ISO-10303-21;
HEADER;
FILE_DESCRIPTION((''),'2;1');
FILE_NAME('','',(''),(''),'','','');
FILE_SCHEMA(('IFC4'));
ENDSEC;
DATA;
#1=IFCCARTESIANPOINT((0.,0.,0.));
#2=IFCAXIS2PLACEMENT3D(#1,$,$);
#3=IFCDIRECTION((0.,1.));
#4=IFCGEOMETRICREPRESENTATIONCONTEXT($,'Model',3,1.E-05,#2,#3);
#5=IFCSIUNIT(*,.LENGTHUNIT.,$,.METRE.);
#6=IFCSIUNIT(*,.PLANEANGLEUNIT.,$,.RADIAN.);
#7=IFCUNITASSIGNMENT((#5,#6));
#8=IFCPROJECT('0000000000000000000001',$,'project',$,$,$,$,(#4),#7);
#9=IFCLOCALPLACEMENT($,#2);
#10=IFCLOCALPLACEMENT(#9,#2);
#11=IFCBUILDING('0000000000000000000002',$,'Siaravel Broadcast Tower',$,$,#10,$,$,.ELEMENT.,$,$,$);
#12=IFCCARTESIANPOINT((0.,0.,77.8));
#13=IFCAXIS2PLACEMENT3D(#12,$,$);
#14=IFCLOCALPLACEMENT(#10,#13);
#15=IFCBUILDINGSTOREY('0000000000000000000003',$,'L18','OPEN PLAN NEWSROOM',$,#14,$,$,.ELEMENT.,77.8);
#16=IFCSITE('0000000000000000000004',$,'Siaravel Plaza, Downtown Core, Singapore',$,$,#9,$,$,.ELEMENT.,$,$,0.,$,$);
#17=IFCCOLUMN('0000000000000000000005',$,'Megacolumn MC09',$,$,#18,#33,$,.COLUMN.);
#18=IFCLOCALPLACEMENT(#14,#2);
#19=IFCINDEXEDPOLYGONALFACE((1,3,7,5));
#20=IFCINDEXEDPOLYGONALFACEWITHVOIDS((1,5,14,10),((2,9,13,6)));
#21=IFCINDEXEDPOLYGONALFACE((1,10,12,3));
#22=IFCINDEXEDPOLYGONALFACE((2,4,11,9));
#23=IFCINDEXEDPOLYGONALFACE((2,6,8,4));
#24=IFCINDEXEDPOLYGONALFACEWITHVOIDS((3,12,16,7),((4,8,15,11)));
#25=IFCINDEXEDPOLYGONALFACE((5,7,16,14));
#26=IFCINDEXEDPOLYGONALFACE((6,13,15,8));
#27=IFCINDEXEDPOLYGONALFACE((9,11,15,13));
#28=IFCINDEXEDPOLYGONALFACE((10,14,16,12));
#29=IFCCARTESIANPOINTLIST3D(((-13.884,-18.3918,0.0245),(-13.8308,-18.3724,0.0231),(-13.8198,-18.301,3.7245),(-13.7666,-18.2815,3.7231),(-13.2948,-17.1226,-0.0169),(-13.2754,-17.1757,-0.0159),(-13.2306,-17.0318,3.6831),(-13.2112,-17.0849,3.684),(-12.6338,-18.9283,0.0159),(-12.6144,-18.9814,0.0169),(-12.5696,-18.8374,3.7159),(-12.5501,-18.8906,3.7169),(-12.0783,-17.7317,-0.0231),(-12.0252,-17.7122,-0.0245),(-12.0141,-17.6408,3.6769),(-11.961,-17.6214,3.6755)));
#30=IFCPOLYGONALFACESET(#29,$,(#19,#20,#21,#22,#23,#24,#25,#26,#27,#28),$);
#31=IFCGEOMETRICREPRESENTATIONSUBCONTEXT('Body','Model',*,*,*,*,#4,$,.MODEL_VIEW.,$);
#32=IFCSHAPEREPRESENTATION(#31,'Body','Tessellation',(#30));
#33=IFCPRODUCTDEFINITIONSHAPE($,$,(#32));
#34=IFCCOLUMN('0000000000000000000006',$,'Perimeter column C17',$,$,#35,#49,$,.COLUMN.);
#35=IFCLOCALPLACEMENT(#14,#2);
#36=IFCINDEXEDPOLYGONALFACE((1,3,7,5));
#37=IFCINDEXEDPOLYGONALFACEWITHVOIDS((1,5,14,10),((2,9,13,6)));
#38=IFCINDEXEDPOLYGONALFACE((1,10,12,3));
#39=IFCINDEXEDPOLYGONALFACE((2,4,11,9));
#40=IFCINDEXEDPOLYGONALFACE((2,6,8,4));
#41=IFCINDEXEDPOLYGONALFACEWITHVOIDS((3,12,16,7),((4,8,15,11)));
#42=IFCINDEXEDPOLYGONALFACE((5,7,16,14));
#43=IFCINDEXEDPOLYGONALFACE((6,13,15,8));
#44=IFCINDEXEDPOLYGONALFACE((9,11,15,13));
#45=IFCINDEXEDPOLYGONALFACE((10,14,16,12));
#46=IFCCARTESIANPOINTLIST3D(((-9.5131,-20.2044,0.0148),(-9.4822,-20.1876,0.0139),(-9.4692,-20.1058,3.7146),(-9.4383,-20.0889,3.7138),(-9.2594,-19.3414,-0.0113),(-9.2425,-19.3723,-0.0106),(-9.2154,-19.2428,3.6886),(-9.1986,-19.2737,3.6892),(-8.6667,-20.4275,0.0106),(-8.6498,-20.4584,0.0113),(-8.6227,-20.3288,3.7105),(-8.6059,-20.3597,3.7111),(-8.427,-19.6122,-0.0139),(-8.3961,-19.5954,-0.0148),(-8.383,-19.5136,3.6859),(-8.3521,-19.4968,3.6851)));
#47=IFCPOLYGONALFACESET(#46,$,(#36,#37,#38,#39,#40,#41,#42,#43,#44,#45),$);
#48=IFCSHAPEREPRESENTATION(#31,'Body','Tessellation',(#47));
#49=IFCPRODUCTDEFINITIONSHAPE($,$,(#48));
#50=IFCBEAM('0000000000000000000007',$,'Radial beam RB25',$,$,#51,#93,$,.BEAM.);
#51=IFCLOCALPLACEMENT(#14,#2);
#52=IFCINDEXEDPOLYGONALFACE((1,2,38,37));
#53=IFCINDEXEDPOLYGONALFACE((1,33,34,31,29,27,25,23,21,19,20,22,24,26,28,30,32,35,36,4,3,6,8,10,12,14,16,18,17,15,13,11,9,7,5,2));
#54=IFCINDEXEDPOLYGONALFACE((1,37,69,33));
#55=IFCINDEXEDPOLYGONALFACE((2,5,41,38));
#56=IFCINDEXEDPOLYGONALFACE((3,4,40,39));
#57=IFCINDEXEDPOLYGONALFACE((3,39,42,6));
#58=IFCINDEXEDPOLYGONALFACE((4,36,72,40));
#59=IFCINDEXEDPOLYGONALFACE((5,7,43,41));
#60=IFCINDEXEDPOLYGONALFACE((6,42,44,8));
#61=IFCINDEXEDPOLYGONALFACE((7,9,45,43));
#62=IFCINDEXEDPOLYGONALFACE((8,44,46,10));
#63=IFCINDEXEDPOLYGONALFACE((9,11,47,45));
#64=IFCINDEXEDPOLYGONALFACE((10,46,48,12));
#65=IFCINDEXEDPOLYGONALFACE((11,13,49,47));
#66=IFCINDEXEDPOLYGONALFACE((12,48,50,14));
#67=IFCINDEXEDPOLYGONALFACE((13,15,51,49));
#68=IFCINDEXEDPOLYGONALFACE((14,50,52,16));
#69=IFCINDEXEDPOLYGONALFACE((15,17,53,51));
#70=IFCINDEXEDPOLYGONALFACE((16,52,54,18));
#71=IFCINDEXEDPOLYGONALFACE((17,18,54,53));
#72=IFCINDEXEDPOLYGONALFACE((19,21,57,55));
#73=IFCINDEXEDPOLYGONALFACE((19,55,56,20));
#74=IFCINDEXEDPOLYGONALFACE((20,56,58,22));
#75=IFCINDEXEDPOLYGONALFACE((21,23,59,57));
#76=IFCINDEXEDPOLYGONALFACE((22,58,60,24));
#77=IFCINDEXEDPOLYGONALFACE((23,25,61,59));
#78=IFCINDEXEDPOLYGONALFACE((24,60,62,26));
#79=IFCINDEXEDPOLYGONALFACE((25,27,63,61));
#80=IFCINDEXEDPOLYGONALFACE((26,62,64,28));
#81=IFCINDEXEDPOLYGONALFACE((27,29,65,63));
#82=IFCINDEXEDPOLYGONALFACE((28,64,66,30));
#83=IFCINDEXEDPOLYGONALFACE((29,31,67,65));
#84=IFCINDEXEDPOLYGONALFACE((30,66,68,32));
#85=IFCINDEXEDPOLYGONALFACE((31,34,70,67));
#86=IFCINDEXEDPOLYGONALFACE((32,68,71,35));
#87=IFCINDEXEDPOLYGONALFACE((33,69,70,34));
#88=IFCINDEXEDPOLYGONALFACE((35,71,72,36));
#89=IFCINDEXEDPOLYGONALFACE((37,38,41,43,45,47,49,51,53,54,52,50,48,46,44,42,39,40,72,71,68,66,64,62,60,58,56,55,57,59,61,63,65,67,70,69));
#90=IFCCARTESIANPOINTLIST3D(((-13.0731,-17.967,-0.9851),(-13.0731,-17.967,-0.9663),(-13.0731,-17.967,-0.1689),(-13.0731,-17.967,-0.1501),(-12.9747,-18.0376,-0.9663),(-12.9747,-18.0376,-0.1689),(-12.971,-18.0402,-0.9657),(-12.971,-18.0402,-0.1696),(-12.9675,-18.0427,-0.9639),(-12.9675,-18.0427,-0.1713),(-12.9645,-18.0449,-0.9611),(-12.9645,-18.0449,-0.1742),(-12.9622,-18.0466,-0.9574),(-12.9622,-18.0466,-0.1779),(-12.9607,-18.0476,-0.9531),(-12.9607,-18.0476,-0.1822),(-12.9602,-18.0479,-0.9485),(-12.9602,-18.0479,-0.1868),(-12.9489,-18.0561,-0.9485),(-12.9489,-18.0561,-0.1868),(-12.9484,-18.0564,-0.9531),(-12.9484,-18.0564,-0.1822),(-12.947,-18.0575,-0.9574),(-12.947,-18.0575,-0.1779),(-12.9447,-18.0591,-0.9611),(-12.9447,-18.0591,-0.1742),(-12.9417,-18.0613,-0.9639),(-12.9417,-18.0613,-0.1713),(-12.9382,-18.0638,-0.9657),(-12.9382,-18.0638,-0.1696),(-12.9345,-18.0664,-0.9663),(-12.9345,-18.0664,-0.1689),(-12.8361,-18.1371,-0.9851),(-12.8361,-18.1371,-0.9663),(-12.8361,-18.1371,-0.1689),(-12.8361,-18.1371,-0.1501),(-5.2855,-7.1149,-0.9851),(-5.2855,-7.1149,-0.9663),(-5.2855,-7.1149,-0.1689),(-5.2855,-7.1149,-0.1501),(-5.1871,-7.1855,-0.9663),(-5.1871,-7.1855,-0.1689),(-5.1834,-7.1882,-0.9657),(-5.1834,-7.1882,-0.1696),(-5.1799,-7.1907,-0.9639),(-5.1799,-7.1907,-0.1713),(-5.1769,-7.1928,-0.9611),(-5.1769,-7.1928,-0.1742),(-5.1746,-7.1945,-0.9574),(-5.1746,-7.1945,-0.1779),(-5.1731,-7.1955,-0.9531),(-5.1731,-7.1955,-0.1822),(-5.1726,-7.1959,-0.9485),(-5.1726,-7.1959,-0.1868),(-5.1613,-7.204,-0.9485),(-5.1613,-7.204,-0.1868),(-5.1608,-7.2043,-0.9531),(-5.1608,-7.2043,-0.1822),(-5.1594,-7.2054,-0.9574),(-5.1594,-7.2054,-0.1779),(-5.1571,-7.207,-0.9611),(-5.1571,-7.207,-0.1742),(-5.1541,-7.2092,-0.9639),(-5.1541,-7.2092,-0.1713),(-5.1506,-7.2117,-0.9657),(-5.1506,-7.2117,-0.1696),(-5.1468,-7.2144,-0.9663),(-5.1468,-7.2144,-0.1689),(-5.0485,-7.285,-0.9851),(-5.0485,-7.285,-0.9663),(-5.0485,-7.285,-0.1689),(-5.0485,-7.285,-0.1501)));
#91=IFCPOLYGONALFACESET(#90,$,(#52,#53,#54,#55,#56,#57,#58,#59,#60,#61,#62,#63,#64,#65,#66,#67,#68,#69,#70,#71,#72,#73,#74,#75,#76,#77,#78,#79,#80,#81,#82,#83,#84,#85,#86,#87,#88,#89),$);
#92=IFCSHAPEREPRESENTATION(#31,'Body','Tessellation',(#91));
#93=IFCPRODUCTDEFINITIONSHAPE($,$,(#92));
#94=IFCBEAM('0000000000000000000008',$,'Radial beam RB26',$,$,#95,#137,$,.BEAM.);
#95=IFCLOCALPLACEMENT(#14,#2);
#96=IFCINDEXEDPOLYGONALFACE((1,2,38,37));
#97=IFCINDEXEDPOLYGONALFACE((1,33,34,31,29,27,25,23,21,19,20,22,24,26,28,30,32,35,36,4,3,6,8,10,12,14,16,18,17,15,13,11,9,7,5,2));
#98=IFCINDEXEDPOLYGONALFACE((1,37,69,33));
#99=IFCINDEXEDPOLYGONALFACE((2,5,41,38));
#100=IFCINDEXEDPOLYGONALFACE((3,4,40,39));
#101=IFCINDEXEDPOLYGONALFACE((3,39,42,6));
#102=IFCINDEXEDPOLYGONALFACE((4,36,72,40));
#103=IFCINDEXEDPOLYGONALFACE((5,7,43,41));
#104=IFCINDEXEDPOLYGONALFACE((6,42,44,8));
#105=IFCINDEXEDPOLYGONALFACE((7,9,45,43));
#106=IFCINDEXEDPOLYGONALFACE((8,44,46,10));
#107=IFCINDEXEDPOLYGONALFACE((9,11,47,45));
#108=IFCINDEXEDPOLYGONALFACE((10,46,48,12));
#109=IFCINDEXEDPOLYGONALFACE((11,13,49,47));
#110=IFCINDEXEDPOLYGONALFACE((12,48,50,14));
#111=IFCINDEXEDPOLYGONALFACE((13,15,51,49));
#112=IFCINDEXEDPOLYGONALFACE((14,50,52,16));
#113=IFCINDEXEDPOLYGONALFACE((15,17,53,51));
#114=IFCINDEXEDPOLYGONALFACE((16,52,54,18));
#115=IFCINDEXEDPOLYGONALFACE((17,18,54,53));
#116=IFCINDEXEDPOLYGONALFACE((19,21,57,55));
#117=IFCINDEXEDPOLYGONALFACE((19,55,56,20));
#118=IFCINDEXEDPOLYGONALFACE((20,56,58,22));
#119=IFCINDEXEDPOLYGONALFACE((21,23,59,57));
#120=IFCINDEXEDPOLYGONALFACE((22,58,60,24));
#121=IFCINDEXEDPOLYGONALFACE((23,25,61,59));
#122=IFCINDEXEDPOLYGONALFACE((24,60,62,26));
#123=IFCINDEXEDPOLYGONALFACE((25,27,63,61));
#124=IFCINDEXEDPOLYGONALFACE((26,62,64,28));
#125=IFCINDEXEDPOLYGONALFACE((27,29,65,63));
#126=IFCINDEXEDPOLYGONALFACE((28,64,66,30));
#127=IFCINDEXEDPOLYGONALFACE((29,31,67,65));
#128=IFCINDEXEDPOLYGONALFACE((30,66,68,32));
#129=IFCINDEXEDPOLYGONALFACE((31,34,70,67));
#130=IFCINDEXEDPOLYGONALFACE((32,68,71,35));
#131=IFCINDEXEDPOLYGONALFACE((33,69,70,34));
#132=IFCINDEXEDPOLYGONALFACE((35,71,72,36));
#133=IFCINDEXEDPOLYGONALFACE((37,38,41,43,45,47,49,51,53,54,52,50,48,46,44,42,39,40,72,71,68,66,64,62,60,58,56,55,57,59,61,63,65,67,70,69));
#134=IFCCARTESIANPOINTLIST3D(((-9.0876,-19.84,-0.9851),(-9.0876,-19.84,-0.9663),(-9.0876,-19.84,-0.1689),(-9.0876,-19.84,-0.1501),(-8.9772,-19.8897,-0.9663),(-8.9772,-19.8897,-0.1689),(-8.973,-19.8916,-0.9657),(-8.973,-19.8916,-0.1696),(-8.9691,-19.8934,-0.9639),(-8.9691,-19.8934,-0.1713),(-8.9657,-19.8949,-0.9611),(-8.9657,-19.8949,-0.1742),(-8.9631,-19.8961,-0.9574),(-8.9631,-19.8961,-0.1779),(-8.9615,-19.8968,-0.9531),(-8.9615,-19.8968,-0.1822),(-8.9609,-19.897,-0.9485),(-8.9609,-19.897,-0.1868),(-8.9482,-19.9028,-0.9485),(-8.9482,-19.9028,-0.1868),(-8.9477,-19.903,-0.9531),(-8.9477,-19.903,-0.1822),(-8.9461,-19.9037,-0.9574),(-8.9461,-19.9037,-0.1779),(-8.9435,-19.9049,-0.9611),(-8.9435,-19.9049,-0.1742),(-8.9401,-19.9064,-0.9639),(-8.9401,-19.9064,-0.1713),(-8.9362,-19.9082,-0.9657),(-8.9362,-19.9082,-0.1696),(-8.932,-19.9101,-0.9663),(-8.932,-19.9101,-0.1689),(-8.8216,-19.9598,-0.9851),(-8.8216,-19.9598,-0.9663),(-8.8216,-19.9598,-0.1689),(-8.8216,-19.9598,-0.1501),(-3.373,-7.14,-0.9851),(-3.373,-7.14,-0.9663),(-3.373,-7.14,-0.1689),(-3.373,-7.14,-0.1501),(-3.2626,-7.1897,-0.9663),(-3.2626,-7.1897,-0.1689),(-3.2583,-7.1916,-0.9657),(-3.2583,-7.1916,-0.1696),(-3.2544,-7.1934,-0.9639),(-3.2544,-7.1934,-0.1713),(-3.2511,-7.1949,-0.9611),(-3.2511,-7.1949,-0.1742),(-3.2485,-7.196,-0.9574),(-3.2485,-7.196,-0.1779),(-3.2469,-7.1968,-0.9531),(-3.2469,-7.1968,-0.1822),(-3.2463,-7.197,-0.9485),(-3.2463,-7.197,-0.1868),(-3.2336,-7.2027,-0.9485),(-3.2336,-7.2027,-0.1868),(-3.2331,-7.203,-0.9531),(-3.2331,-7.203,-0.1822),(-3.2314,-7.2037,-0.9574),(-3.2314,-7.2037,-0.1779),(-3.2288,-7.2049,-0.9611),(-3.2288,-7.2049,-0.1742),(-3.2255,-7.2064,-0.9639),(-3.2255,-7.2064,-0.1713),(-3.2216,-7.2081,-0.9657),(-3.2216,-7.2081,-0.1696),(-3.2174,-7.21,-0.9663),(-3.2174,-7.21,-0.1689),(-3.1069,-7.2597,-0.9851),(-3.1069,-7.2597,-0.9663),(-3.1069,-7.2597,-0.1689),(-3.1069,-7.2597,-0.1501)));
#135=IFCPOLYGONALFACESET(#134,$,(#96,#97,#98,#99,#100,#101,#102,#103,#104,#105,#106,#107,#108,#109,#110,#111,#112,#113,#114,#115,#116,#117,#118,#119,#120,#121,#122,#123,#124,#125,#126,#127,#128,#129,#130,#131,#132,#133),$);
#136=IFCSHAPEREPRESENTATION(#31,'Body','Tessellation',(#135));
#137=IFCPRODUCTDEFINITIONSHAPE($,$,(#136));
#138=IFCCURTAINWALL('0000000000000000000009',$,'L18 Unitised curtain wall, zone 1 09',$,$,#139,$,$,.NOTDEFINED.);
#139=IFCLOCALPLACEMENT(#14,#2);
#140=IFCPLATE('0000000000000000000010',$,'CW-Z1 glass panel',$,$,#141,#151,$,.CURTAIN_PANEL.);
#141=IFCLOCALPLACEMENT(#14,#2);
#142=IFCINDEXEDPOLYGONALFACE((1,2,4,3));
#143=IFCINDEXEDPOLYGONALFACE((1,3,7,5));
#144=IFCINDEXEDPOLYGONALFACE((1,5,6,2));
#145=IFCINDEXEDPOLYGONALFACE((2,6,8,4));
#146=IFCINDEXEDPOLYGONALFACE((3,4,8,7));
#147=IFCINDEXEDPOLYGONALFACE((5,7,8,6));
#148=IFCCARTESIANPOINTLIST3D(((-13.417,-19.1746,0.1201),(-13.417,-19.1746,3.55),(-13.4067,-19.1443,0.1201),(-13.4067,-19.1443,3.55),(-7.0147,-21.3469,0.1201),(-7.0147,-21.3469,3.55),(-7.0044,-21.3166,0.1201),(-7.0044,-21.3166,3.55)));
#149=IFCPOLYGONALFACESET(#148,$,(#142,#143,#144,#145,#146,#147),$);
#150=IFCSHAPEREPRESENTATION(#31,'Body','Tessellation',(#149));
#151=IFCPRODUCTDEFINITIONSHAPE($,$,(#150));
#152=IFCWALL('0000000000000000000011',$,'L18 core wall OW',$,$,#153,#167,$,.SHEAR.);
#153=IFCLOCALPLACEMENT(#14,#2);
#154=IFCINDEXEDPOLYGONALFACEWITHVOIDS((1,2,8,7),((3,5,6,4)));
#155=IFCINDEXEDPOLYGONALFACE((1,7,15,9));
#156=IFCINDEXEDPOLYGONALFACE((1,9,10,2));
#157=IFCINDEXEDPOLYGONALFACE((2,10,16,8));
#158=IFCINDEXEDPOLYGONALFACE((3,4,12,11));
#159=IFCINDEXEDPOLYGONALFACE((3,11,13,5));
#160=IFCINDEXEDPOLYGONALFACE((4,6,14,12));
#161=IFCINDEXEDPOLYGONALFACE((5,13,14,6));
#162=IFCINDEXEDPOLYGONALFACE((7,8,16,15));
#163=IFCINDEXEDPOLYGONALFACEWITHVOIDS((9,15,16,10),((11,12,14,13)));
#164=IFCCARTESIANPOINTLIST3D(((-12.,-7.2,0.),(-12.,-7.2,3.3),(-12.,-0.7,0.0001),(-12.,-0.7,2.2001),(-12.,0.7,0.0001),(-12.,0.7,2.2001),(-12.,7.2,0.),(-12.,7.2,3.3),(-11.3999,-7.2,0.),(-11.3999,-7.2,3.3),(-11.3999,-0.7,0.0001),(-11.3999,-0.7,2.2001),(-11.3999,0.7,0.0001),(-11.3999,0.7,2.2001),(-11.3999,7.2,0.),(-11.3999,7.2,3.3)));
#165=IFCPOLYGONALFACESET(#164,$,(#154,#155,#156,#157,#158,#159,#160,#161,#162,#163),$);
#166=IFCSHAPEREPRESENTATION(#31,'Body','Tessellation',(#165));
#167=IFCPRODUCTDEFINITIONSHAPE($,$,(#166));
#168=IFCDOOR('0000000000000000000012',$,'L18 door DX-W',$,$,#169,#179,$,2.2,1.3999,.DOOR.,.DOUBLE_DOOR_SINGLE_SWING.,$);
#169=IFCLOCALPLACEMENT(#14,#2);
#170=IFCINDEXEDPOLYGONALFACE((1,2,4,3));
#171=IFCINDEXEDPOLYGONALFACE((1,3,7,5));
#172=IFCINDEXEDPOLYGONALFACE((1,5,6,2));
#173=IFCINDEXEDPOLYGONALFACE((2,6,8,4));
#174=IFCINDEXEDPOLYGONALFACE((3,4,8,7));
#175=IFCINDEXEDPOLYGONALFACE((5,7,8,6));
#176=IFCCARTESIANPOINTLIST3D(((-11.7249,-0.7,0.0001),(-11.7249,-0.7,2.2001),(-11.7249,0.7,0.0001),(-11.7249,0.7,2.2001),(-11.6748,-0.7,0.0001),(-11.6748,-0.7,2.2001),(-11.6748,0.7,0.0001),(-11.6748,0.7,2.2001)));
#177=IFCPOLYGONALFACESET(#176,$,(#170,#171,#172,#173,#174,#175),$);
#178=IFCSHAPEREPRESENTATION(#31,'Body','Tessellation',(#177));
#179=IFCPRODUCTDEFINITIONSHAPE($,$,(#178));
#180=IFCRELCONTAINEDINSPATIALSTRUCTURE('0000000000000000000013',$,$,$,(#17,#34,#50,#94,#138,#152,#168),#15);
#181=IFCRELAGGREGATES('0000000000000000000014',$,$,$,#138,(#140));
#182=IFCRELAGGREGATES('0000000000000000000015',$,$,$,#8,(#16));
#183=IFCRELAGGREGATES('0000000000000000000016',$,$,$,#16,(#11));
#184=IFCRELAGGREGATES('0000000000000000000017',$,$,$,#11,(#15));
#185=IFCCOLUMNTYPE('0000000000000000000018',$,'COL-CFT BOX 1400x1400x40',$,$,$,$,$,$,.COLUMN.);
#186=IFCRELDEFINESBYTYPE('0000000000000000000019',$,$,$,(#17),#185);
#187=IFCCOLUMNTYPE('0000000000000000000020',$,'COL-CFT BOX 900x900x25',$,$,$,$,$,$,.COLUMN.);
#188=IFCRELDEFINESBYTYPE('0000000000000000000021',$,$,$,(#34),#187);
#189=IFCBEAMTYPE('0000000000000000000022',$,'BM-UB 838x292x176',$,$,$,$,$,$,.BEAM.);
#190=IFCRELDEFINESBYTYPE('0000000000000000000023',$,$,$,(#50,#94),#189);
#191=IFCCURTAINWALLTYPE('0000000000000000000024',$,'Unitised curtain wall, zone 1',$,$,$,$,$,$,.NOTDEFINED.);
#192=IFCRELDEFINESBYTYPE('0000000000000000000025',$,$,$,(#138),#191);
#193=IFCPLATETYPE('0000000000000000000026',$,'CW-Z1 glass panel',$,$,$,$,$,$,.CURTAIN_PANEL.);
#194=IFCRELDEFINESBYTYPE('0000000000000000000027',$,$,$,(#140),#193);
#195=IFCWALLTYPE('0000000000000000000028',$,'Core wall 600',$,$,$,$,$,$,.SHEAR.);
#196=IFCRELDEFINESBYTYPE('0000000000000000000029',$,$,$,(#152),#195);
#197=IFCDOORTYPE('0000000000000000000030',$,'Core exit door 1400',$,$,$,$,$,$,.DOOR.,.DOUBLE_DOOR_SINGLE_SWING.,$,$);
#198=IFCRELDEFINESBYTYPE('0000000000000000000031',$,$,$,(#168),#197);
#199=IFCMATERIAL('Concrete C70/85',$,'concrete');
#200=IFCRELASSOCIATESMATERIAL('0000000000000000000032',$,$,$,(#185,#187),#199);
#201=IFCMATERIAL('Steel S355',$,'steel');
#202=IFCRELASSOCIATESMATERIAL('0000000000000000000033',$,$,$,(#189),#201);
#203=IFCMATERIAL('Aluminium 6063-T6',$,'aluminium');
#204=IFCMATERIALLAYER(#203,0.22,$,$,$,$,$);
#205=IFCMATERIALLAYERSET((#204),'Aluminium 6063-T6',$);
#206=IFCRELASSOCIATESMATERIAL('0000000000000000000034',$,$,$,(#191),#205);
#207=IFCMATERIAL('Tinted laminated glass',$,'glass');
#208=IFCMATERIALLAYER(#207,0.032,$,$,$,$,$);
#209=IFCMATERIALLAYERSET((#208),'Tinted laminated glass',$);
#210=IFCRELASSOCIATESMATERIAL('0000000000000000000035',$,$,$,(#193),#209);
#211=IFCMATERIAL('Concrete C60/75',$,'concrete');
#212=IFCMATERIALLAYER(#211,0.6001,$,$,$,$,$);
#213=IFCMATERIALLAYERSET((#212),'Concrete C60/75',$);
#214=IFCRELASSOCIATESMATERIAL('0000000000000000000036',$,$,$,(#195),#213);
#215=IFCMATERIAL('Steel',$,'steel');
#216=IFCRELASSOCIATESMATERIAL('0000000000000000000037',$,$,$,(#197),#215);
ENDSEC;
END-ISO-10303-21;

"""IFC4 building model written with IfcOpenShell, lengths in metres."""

from ifc_helpers import new_model, si_unit, direction, frame, frame_2d, origin, origin_2d, place, context, subcontext, project, spatial, rectangle, hollow_rectangle, i_section, extrude, material, layer, layer_set, material_profile, profile_set, type_object, element, fill, aggregate, save


model = new_model("IFC4")

# Units and contexts
model_context = context("Model", 3, precision=1e-05, world=origin(), true_north=direction((0.0, 1.0)))
body_context = subcontext(model_context, "Body", "Model", "MODEL_VIEW")
ifc_project = project(units=[si_unit("LENGTHUNIT", "METRE"), si_unit("PLANEANGLEUNIT", "RADIAN")], contexts=[model_context])

# Site, building, storey
site_placement = place(None, origin())
site = spatial("IfcSite", under=ifc_project, at=site_placement, Name="Siaravel Plaza, Downtown Core, Singapore", CompositionType="ELEMENT", RefElevation=0.0)
building_placement = place(site_placement, origin())
building = spatial("IfcBuilding", under=site, at=building_placement, Name="Siaravel Broadcast Tower", CompositionType="ELEMENT")
storey_placement = place(building_placement, frame((0.0, 0.0, 77.8)))
storey = spatial("IfcBuildingStorey", under=building, at=storey_placement, Name="L18", Description="OPEN PLAN NEWSROOM", CompositionType="ELEMENT", Elevation=77.8)

# Columns
ifc_material_1 = material(Name="Concrete C70/85", Category="concrete")
ifc_material_profile_1 = material_profile(ifc_material_1, hollow_rectangle(XDim=1.3999, YDim=1.3999, WallThickness=0.04, at=origin_2d()))
ifc_profile_set_1 = profile_set([ifc_material_profile_1], Name="Concrete C70/85")
column_type_1 = type_object("IfcColumnType", Name="COL-CFT BOX 1400x1400x40", PredefinedType="COLUMN", material=ifc_profile_set_1)
column_1_placement = place(storey_placement, frame((-12.9546, -18.052, 0.0), z_axis=(0.017346, 0.024535, 0.999548), x_axis=(-0.906954, 0.421195, 0.0054)))
element("IfcColumn", 1, at=column_1_placement, inside=storey, type_object=column_type_1, Name="Megacolumn MC09", PredefinedType="COLUMN", context=body_context, shape_type="SweptSolid", body=[
    extrude(hollow_rectangle(XDim=1.3999, YDim=1.3999, WallThickness=0.04, at=origin_2d()), origin(), (0.0, 0.0, 1.0), 3.7017),
])
ifc_material_profile_2 = material_profile(ifc_material_1, hollow_rectangle(XDim=0.8999, YDim=0.8999, WallThickness=0.0249, at=origin_2d()))
ifc_profile_set_2 = profile_set([ifc_material_profile_2], Name="Concrete C70/85")
column_type_2 = type_object("IfcColumnType", Name="COL-CFT BOX 900x900x25", PredefinedType="COLUMN", material=ifc_profile_set_2)
column_2_placement = place(storey_placement, frame((-8.9546, -19.8999, 0.0), z_axis=(0.011872, 0.026647, 0.999574), x_axis=(-0.959345, 0.282211, 0.003871)))
element("IfcColumn", 2, at=column_2_placement, inside=storey, type_object=column_type_2, Name="Perimeter column C17", PredefinedType="COLUMN", context=body_context, shape_type="SweptSolid", body=[
    extrude(hollow_rectangle(XDim=0.8999, YDim=0.8999, WallThickness=0.0249, at=origin_2d()), origin(), (0.0, 0.0, 1.0), 3.7014),
])

# Beams
ifc_material_2 = material(Name="Steel S355", Category="steel")
ifc_material_profile_3 = material_profile(ifc_material_2, i_section(OverallWidth=0.2917, OverallDepth=0.835, WebThickness=0.0139, FlangeThickness=0.0188, FilletRadius=0.0178, at=origin_2d()))
ifc_profile_set_3 = profile_set([ifc_material_profile_3], Name="Steel S355")
beam_type = type_object("IfcBeamType", Name="BM-UB 838x292x176", PredefinedType="BEAM", material=ifc_profile_set_3)
beam_1_placement = place(storey_placement, frame((-12.9546, -18.052, -0.5676), z_axis=(0.583028, 0.812452, 0.0), x_axis=(-0.812452, 0.583028, 0.0)))
element("IfcBeam", 3, at=beam_1_placement, inside=storey, type_object=beam_type, Name="Radial beam RB25", PredefinedType="BEAM", context=body_context, shape_type="SweptSolid", body=[
    extrude(i_section(OverallWidth=0.2917, OverallDepth=0.835, WebThickness=0.0139, FlangeThickness=0.0188, FilletRadius=0.0178, at=origin_2d()), origin(), (0.0, 0.0, 1.0), 13.3572),
])
beam_2_placement = place(storey_placement, frame((-8.9546, -19.8999, -0.5676), z_axis=(0.410342, 0.911932, 0.0), x_axis=(-0.911932, 0.410342, 0.0)))
element("IfcBeam", 4, at=beam_2_placement, inside=storey, type_object=beam_type, Name="Radial beam RB26", PredefinedType="BEAM", context=body_context, shape_type="SweptSolid", body=[
    extrude(i_section(OverallWidth=0.2917, OverallDepth=0.835, WebThickness=0.0139, FlangeThickness=0.0188, FilletRadius=0.0178, at=origin_2d()), origin(), (0.0, 0.0, 1.0), 13.9265),
])

# Curtain wall, plate
ifc_material_3 = material(Name="Aluminium 6063-T6", Category="aluminium")
ifc_layer_1 = layer(ifc_material_3, 0.22)
ifc_layer_set_1 = layer_set([ifc_layer_1], Name="Aluminium 6063-T6")
curtain_wall_type = type_object("IfcCurtainWallType", Name="Unitised curtain wall, zone 1", PredefinedType="NOTDEFINED", material=ifc_layer_set_1)
curtain_wall_placement = place(storey_placement, origin())
curtain_wall = element("IfcCurtainWall", 5, at=curtain_wall_placement, inside=storey, type_object=curtain_wall_type, Name="L18 Unitised curtain wall, zone 1 09", PredefinedType="NOTDEFINED")
ifc_material_4 = material(Name="Tinted laminated glass", Category="glass")
ifc_layer_2 = layer(ifc_material_4, 0.032)
ifc_layer_set_2 = layer_set([ifc_layer_2], Name="Tinted laminated glass")
plate_type = type_object("IfcPlateType", Name="CW-Z1 glass panel", PredefinedType="CURTAIN_PANEL", material=ifc_layer_set_2)
plate_placement = place(storey_placement, frame((-10.2107, -20.2456, 0.1201), z_axis=(0.0, 0.0, 1.0), x_axis=(0.946977, -0.321301, 0.0)))
plate = element("IfcPlate", 6, at=plate_placement, type_object=plate_type, Name="CW-Z1 glass panel", PredefinedType="CURTAIN_PANEL", context=body_context, shape_type="SweptSolid", body=[
    extrude(rectangle(XDim=6.7607, YDim=0.032, at=origin_2d()), origin(), (0.0, 0.0, 1.0), 3.4299),
])
aggregate(curtain_wall, [plate])

# Wall, opening, door
ifc_material_5 = material(Name="Concrete C60/75", Category="concrete")
ifc_layer_3 = layer(ifc_material_5, 0.6001)
ifc_layer_set_3 = layer_set([ifc_layer_3], Name="Concrete C60/75")
wall_type_1 = type_object("IfcWallType", Name="Core wall 600", PredefinedType="SHEAR", material=ifc_layer_set_3)
wall_1_placement = place(storey_placement, frame((-11.7, -7.2, 0.0), z_axis=(0.0, 0.0, 1.0), x_axis=(0.0, 1.0, 0.0)))
wall_1 = element("IfcWall", 7, at=wall_1_placement, inside=storey, type_object=wall_type_1, Name="L18 core wall OW", PredefinedType="SHEAR", context=body_context, shape_type="SweptSolid", body=[
    extrude(rectangle(XDim=14.3999, YDim=0.6001, at=frame_2d((7.2, 0.0))), origin(), (0.0, 0.0, 1.0), 3.3),
])
opening_1_placement = place(wall_1_placement, frame((6.5, 0.0, 0.0)))
opening_1 = element("IfcOpeningElement", 8, at=opening_1_placement, cuts=wall_1, PredefinedType="OPENING", context=body_context, shape_type="SweptSolid", body=[
    extrude(rectangle(XDim=1.3999, YDim=2.2, at=frame_2d((0.7, 1.1001))), frame((0.0, 0.3101, 0.0), z_axis=(0.0, -1.0, 0.0), x_axis=(1.0, 0.0, 0.0)), (0.0, 0.0, 1.0), 0.6201),
])
ifc_material_6 = material(Name="Steel", Category="steel")
door_type_1 = type_object("IfcDoorType", Name="Core exit door 1400", OperationType="DOUBLE_DOOR_SINGLE_SWING", PredefinedType="DOOR", material=ifc_material_6)
door_1_placement = place(opening_1_placement, origin())
door_1 = element("IfcDoor", 9, at=door_1_placement, inside=storey, type_object=door_type_1, Name="L18 door DX-W", OperationType="DOUBLE_DOOR_SINGLE_SWING", OverallHeight=2.2, OverallWidth=1.3999, PredefinedType="DOOR", context=body_context, shape_type="SweptSolid", body=[
    extrude(rectangle(XDim=1.3999, YDim=2.2, at=frame_2d((0.7, 1.1001))), frame((0.0, 0.0249, 0.0), z_axis=(0.0, -1.0, 0.0), x_axis=(1.0, 0.0, 0.0)), (0.0, 0.0, 1.0), 0.05),
])
fill(opening_1, door_1)

save(model, "model.ifc")
